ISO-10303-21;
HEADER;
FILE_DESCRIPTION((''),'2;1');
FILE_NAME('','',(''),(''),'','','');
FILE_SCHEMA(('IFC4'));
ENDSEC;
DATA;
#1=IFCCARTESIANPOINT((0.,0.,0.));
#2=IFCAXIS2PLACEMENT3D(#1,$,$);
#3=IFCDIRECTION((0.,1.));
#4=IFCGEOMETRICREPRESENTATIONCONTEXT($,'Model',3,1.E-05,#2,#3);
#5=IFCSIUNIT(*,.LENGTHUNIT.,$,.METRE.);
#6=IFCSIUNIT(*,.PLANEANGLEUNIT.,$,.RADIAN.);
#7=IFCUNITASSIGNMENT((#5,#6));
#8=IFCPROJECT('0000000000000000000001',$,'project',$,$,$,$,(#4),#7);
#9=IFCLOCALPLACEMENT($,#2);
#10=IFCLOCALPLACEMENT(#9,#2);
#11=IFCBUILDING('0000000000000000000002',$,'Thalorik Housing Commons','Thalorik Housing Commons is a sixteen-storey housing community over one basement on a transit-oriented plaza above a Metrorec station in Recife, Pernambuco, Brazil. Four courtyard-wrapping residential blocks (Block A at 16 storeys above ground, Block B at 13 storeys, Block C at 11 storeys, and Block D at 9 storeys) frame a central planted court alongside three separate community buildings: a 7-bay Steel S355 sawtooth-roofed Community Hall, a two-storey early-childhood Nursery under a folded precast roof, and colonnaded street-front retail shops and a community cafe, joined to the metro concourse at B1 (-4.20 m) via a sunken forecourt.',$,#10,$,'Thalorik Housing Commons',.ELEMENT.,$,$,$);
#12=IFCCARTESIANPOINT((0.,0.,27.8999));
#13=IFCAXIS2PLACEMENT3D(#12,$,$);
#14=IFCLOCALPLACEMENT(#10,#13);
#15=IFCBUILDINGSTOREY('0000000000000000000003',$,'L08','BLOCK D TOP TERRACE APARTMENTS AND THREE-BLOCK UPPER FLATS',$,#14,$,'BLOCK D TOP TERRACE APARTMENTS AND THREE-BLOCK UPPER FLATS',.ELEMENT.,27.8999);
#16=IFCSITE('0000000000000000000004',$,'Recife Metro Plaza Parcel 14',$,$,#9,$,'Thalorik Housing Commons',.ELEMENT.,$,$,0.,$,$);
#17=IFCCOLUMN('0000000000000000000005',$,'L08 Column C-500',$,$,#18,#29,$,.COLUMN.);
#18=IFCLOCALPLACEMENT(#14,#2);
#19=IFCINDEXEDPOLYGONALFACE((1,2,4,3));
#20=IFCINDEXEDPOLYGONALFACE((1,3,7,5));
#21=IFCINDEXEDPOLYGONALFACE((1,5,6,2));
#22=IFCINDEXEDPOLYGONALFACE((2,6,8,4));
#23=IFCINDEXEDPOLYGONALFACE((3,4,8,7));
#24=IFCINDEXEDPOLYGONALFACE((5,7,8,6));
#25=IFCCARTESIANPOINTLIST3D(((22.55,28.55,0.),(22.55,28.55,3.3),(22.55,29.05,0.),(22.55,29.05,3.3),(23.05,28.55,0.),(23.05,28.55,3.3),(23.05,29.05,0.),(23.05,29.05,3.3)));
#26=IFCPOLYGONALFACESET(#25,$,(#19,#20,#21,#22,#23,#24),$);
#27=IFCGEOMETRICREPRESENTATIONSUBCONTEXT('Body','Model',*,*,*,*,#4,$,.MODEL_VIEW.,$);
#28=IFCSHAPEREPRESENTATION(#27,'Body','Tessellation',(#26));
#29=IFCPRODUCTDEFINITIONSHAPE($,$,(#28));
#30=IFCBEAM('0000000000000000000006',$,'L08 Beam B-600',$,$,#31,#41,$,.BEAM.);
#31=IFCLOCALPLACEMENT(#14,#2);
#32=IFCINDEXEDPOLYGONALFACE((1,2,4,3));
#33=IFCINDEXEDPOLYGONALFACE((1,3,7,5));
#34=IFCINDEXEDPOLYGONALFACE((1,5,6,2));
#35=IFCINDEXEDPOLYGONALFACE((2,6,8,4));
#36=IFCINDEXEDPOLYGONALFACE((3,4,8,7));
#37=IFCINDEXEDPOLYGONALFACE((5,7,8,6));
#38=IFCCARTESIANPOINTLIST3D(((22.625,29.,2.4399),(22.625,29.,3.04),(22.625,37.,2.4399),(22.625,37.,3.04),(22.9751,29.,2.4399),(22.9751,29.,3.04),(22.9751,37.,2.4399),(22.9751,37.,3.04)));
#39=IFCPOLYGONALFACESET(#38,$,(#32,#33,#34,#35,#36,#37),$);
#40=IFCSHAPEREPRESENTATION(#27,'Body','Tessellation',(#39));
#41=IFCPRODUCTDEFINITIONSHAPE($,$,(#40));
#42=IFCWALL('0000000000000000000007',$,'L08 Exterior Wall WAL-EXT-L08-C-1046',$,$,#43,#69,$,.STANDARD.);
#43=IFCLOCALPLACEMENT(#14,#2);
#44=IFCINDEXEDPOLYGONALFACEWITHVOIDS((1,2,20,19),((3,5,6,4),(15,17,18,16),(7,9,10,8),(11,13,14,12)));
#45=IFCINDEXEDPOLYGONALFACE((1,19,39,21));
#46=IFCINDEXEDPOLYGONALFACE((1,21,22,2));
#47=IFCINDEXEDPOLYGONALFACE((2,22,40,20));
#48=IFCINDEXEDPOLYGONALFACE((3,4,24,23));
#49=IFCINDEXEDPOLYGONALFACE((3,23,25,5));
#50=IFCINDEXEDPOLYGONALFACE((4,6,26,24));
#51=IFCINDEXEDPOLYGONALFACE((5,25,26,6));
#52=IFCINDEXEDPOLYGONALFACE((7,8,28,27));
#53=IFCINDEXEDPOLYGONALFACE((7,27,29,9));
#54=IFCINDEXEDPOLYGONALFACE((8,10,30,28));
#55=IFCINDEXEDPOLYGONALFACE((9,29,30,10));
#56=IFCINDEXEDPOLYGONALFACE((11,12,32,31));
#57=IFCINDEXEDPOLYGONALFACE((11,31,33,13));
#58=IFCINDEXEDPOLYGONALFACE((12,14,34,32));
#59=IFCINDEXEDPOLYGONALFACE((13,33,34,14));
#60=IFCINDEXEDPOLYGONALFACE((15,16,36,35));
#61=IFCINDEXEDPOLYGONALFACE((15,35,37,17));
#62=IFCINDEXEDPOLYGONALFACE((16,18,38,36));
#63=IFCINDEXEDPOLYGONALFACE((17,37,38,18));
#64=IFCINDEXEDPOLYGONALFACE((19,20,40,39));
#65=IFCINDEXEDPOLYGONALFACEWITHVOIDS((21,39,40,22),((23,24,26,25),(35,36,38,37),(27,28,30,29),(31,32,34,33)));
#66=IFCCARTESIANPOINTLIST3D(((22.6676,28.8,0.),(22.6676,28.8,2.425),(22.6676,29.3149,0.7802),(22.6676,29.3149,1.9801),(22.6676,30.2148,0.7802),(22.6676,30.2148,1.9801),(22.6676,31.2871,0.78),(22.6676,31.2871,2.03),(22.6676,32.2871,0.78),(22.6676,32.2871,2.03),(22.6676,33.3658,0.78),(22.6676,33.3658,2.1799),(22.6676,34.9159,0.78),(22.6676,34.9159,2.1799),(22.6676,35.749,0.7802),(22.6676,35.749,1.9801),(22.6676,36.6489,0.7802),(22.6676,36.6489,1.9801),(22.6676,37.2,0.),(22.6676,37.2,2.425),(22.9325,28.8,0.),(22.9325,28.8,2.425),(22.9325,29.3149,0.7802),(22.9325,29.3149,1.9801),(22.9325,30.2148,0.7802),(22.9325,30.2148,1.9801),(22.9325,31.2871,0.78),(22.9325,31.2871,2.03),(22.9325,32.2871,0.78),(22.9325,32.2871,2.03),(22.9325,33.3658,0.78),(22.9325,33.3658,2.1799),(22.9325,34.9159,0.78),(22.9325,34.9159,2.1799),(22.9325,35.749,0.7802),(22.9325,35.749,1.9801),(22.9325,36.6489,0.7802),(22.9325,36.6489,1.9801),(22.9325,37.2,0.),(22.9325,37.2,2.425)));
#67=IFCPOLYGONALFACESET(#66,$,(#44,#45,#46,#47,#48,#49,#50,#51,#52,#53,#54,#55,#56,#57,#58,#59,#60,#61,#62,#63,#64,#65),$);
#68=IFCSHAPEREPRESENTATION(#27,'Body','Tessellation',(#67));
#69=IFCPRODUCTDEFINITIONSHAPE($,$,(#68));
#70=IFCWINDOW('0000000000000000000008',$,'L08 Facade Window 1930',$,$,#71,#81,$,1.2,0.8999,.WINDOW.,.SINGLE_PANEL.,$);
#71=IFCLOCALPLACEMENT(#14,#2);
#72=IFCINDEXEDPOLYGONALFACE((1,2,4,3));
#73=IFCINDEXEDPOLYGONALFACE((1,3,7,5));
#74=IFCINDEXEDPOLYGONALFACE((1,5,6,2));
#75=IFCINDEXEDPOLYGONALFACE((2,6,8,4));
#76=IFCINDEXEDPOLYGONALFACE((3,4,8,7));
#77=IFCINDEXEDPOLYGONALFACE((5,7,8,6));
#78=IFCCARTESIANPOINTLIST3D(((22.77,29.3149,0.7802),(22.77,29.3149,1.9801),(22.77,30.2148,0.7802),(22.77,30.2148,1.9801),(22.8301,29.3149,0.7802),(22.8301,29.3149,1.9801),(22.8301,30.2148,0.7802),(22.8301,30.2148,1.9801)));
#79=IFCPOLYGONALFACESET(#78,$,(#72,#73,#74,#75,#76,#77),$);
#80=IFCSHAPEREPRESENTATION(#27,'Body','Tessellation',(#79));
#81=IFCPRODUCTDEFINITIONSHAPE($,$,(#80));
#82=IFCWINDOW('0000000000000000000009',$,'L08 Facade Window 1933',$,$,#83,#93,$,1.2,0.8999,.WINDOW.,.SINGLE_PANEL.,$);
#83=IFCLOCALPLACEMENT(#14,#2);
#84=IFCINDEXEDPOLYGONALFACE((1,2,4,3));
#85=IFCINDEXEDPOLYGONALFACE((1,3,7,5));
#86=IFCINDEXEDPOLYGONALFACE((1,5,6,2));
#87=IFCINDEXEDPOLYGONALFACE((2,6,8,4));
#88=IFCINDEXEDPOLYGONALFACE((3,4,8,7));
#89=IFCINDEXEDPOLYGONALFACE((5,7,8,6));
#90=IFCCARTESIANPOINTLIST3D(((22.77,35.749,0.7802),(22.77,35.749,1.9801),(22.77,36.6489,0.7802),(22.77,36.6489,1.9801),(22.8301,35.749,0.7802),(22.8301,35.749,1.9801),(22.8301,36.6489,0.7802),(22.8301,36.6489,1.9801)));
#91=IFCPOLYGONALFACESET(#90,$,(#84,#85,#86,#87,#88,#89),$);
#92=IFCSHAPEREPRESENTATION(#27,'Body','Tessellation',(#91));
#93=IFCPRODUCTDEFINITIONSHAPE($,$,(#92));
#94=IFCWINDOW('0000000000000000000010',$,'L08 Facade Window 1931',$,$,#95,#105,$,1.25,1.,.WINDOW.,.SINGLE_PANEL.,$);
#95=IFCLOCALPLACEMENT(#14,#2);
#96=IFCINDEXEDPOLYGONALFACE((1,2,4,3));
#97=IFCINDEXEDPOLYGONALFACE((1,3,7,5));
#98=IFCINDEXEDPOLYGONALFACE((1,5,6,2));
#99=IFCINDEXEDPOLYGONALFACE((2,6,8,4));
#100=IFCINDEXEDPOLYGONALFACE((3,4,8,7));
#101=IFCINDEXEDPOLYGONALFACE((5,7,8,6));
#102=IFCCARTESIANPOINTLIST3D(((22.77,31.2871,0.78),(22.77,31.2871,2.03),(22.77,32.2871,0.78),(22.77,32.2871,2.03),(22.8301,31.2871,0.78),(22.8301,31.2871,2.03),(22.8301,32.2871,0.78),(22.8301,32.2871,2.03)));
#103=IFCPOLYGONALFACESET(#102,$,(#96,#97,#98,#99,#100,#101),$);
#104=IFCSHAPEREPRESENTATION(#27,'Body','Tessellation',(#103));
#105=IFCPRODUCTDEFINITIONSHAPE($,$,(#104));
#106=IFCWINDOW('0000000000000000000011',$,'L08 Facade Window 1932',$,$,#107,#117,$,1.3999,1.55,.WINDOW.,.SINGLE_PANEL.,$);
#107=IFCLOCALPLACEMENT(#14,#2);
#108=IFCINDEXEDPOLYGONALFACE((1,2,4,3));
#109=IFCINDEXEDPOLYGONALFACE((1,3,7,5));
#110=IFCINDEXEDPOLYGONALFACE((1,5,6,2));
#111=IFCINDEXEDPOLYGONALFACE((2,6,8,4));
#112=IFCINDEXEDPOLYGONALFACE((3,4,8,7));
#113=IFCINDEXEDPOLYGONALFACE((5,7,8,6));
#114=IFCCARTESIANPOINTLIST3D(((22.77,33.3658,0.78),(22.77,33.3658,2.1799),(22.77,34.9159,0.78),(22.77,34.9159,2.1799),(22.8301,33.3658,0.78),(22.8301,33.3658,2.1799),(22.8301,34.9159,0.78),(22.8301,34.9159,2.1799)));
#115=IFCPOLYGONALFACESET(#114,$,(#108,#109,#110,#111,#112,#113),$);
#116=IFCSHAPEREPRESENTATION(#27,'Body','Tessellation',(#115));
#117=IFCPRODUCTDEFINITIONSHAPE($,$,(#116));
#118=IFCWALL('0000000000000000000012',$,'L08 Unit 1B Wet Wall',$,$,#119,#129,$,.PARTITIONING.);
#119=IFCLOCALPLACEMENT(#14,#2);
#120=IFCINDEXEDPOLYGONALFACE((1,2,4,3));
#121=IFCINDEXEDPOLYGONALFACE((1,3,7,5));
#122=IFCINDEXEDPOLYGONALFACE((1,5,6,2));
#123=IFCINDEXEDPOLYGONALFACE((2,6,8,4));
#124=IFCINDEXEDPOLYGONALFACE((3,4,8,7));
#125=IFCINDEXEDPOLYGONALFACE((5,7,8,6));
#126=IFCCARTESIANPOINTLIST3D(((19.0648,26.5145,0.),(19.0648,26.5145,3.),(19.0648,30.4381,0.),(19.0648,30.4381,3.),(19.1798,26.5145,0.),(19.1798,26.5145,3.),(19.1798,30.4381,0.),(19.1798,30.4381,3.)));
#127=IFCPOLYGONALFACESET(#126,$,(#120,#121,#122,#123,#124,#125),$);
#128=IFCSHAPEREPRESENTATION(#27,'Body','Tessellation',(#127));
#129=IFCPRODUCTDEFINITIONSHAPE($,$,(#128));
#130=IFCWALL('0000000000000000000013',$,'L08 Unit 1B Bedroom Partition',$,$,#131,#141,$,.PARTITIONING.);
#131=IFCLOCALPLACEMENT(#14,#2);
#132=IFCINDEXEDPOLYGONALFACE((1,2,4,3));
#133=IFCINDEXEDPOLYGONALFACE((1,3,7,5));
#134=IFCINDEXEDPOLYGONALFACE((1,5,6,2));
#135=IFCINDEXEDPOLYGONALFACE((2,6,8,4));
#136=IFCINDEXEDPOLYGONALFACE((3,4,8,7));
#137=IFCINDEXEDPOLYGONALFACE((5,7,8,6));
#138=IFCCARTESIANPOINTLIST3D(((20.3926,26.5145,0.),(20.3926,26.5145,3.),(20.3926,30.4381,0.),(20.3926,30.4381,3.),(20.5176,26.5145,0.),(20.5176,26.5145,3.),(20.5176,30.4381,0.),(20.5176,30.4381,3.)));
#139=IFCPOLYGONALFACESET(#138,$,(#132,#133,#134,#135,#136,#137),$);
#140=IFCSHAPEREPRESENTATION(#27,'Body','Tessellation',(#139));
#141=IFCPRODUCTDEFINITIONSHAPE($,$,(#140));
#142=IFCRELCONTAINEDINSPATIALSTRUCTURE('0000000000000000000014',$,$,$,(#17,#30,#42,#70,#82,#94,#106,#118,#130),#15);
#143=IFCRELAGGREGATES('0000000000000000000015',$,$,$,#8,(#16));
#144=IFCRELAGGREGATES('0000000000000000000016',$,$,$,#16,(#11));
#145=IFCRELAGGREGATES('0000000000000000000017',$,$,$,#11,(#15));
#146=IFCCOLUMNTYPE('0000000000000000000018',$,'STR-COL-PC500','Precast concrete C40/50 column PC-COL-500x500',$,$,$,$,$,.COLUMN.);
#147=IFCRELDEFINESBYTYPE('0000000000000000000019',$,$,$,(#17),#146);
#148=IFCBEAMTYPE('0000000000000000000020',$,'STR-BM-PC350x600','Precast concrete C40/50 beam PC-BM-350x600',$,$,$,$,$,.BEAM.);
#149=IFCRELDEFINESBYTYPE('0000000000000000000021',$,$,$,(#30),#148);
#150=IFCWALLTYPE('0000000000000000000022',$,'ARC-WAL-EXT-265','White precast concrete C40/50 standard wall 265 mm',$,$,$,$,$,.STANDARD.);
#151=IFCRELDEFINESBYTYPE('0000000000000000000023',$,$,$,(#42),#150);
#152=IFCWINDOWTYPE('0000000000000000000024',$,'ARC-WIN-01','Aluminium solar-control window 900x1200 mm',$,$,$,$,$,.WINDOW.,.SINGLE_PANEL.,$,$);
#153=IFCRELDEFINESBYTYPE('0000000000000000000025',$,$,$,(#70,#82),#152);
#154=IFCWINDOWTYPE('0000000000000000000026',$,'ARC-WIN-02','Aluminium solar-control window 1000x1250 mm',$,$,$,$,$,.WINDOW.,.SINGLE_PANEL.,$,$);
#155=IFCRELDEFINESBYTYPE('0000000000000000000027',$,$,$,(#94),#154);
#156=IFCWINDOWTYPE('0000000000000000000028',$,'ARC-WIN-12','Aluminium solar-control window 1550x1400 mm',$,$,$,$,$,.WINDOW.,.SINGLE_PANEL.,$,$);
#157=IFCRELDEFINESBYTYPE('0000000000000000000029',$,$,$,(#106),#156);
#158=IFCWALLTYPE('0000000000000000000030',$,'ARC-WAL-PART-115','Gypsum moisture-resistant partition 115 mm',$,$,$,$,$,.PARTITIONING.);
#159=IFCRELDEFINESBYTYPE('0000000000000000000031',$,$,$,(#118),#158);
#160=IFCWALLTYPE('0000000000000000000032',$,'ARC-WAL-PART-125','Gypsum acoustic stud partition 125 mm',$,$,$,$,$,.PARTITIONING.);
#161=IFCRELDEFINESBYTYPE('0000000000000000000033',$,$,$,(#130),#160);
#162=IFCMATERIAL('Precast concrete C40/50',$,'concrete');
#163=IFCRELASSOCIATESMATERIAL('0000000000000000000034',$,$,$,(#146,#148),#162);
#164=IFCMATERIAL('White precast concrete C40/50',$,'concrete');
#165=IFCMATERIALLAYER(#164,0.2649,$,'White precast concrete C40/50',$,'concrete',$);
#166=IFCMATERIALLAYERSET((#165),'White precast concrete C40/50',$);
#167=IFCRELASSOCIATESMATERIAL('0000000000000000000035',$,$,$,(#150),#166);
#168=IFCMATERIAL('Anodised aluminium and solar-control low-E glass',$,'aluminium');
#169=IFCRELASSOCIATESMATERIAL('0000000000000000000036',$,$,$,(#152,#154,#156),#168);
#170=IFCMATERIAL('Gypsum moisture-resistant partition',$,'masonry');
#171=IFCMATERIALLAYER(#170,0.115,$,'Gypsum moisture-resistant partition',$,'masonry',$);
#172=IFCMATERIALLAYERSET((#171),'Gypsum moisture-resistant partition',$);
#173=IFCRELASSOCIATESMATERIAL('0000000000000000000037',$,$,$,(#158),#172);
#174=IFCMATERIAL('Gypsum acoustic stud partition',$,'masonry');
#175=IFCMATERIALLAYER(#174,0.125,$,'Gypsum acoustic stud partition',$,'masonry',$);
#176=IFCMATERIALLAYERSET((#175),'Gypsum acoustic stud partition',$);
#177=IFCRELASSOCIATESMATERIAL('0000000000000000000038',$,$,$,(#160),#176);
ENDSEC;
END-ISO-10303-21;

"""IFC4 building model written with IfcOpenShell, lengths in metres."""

from ifc_helpers import new_model, si_unit, direction, frame, frame_2d, origin, origin_2d, place, context, subcontext, project, spatial, rectangle, extrude, material, layer, layer_set, material_profile, profile_set, type_object, element, fill, save


model = new_model("IFC4")

# Units and contexts
model_context = context("Model", 3, precision=1e-05, world=origin(), true_north=direction((0.0, 1.0)))
body_context = subcontext(model_context, "Body", "Model", "MODEL_VIEW")
ifc_project = project(units=[si_unit("LENGTHUNIT", "METRE"), si_unit("PLANEANGLEUNIT", "RADIAN")], contexts=[model_context])

# Site, building, storey
site_placement = place(None, origin())
site = spatial("IfcSite", under=ifc_project, at=site_placement, Name="Recife Metro Plaza Parcel 14", LongName="Thalorik Housing Commons", CompositionType="ELEMENT", RefElevation=0.0)
building_placement = place(site_placement, origin())
building = spatial("IfcBuilding", under=site, at=building_placement, Name="Thalorik Housing Commons", Description="Thalorik Housing Commons is a sixteen-storey housing community over one basement on a transit-oriented plaza above a Metrorec station in Recife, Pernambuco, Brazil. Four courtyard-wrapping residential blocks (Block A at 16 storeys above ground, Block B at 13 storeys, Block C at 11 storeys, and Block D at 9 storeys) frame a central planted court alongside three separate community buildings: a 7-bay Steel S355 sawtooth-roofed Community Hall, a two-storey early-childhood Nursery under a folded precast roof, and colonnaded street-front retail shops and a community cafe, joined to the metro concourse at B1 (-4.20 m) via a sunken forecourt.", LongName="Thalorik Housing Commons", CompositionType="ELEMENT")
storey_placement = place(building_placement, frame((0.0, 0.0, 27.8999)))
storey = spatial("IfcBuildingStorey", under=building, at=storey_placement, Name="L08", Description="BLOCK D TOP TERRACE APARTMENTS AND THREE-BLOCK UPPER FLATS", LongName="BLOCK D TOP TERRACE APARTMENTS AND THREE-BLOCK UPPER FLATS", CompositionType="ELEMENT", Elevation=27.8999)

# Column
ifc_material_1 = material(Name="Precast concrete C40/50", Category="concrete")
ifc_material_profile_1 = material_profile(ifc_material_1, rectangle(XDim=0.5, YDim=0.5, at=origin_2d()), Name="PC 500x500", Category="concrete")
ifc_profile_set_1 = profile_set([ifc_material_profile_1], Name="Precast concrete C40/50")
column_type = type_object("IfcColumnType", Name="STR-COL-PC500", Description="Precast concrete C40/50 column PC-COL-500x500", PredefinedType="COLUMN", material=ifc_profile_set_1)
column_placement = place(storey_placement, frame((22.8, 28.8, 0.0), z_axis=(0.0, 0.0, 1.0), x_axis=(1.0, 0.0, 0.0)))
element("IfcColumn", 1, at=column_placement, inside=storey, type_object=column_type, Name="L08 Column C-500", PredefinedType="COLUMN", context=body_context, shape_type="SweptSolid", body=[
    extrude(rectangle(XDim=0.5, YDim=0.5, at=origin_2d()), origin(), (0.0, 0.0, 1.0), 3.3),
])

# Beam
ifc_material_profile_2 = material_profile(ifc_material_1, rectangle(XDim=0.3501, YDim=0.6001, at=origin_2d()), Name="PC 350x600", Category="concrete")
ifc_profile_set_2 = profile_set([ifc_material_profile_2], Name="Precast concrete C40/50")
beam_type = type_object("IfcBeamType", Name="STR-BM-PC350x600", Description="Precast concrete C40/50 beam PC-BM-350x600", PredefinedType="BEAM", material=ifc_profile_set_2)
beam_placement = place(storey_placement, frame((22.8, 29.0, 2.74), z_axis=(0.0, 1.0, 0.0), x_axis=(-1.0, 0.0, 0.0)))
element("IfcBeam", 2, at=beam_placement, inside=storey, type_object=beam_type, Name="L08 Beam B-600", PredefinedType="BEAM", context=body_context, shape_type="SweptSolid", body=[
    extrude(rectangle(XDim=0.3501, YDim=0.6001, at=origin_2d()), origin(), (0.0, 0.0, 1.0), 8.0),
])

# Wall, openings, windows
ifc_material_2 = material(Name="White precast concrete C40/50", Category="concrete")
ifc_layer_1 = layer(ifc_material_2, 0.2649, Name="White precast concrete C40/50", Category="concrete")
ifc_layer_set_1 = layer_set([ifc_layer_1], Name="White precast concrete C40/50")
wall_type_1 = type_object("IfcWallType", Name="ARC-WAL-EXT-265", Description="White precast concrete C40/50 standard wall 265 mm", PredefinedType="STANDARD", material=ifc_layer_set_1)
wall_1_placement = place(storey_placement, frame((22.8, 28.8, 0.0), z_axis=(0.0, 0.0, 1.0), x_axis=(0.0, 1.0, 0.0)))
wall_1 = element("IfcWall", 3, at=wall_1_placement, inside=storey, type_object=wall_type_1, Name="L08 Exterior Wall WAL-EXT-L08-C-1046", PredefinedType="STANDARD", context=body_context, shape_type="SweptSolid", body=[
    extrude(rectangle(XDim=8.3999, YDim=0.2649, at=frame_2d((4.2, 0.0))), origin(), (0.0, 0.0, 1.0), 2.425),
])
opening_1_placement = place(wall_1_placement, frame((0.5149, 0.0, 0.78)))
opening_1 = element("IfcOpeningElement", 4, at=opening_1_placement, cuts=wall_1, PredefinedType="OPENING", context=body_context, shape_type="SweptSolid", body=[
    extrude(rectangle(XDim=0.8999, YDim=1.2, at=frame_2d((0.45, 0.6001))), frame((0.0, 0.1426, 0.0), z_axis=(0.0, -1.0, 0.0), x_axis=(1.0, 0.0, 0.0)), (0.0, 0.0, 1.0), 0.2849),
])
opening_2_placement = place(wall_1_placement, frame((2.4871, 0.0, 0.78)))
opening_2 = element("IfcOpeningElement", 5, at=opening_2_placement, cuts=wall_1, PredefinedType="OPENING", context=body_context, shape_type="SweptSolid", body=[
    extrude(rectangle(XDim=1.0, YDim=1.25, at=frame_2d((0.5, 0.625))), frame((0.0, 0.1426, 0.0), z_axis=(0.0, -1.0, 0.0), x_axis=(1.0, 0.0, 0.0)), (0.0, 0.0, 1.0), 0.2849),
])
opening_3_placement = place(wall_1_placement, frame((4.5659, 0.0, 0.78)))
opening_3 = element("IfcOpeningElement", 6, at=opening_3_placement, cuts=wall_1, PredefinedType="OPENING", context=body_context, shape_type="SweptSolid", body=[
    extrude(rectangle(XDim=1.55, YDim=1.3999, at=frame_2d((0.7749, 0.7))), frame((0.0, 0.1426, 0.0), z_axis=(0.0, -1.0, 0.0), x_axis=(1.0, 0.0, 0.0)), (0.0, 0.0, 1.0), 0.2849),
])
opening_4_placement = place(wall_1_placement, frame((6.949, 0.0, 0.78)))
opening_4 = element("IfcOpeningElement", 7, at=opening_4_placement, cuts=wall_1, PredefinedType="OPENING", context=body_context, shape_type="SweptSolid", body=[
    extrude(rectangle(XDim=0.8999, YDim=1.2, at=frame_2d((0.45, 0.6001))), frame((0.0, 0.1426, 0.0), z_axis=(0.0, -1.0, 0.0), x_axis=(1.0, 0.0, 0.0)), (0.0, 0.0, 1.0), 0.2849),
])
ifc_material_3 = material(Name="Anodised aluminium and solar-control low-E glass", Category="aluminium")
window_type_1 = type_object("IfcWindowType", Name="ARC-WIN-01", Description="Aluminium solar-control window 900x1200 mm", PartitioningType="SINGLE_PANEL", PredefinedType="WINDOW", material=ifc_material_3)
window_1_placement = place(opening_1_placement, origin())
window_1 = element("IfcWindow", 8, at=window_1_placement, inside=storey, type_object=window_type_1, Name="L08 Facade Window 1930", OverallHeight=1.2, OverallWidth=0.8999, PartitioningType="SINGLE_PANEL", PredefinedType="WINDOW", context=body_context, shape_type="SweptSolid", body=[
    extrude(rectangle(XDim=0.8999, YDim=1.2, at=frame_2d((0.45, 0.6001))), frame((0.0, 0.03, 0.0), z_axis=(0.0, -1.0, 0.0), x_axis=(1.0, 0.0, 0.0)), (0.0, 0.0, 1.0), 0.0601),
])
fill(opening_1, window_1)
window_2_placement = place(opening_4_placement, origin())
window_2 = element("IfcWindow", 9, at=window_2_placement, inside=storey, type_object=window_type_1, Name="L08 Facade Window 1933", OverallHeight=1.2, OverallWidth=0.8999, PartitioningType="SINGLE_PANEL", PredefinedType="WINDOW", context=body_context, shape_type="SweptSolid", body=[
    extrude(rectangle(XDim=0.8999, YDim=1.2, at=frame_2d((0.45, 0.6001))), frame((0.0, 0.03, 0.0), z_axis=(0.0, -1.0, 0.0), x_axis=(1.0, 0.0, 0.0)), (0.0, 0.0, 1.0), 0.0601),
])
fill(opening_4, window_2)
window_type_2 = type_object("IfcWindowType", Name="ARC-WIN-02", Description="Aluminium solar-control window 1000x1250 mm", PartitioningType="SINGLE_PANEL", PredefinedType="WINDOW", material=ifc_material_3)
window_3_placement = place(opening_2_placement, origin())
window_3 = element("IfcWindow", 10, at=window_3_placement, inside=storey, type_object=window_type_2, Name="L08 Facade Window 1931", OverallHeight=1.25, OverallWidth=1.0, PartitioningType="SINGLE_PANEL", PredefinedType="WINDOW", context=body_context, shape_type="SweptSolid", body=[
    extrude(rectangle(XDim=1.0, YDim=1.25, at=frame_2d((0.5, 0.625))), frame((0.0, 0.03, 0.0), z_axis=(0.0, -1.0, 0.0), x_axis=(1.0, 0.0, 0.0)), (0.0, 0.0, 1.0), 0.0601),
])
fill(opening_2, window_3)
window_type_3 = type_object("IfcWindowType", Name="ARC-WIN-12", Description="Aluminium solar-control window 1550x1400 mm", PartitioningType="SINGLE_PANEL", PredefinedType="WINDOW", material=ifc_material_3)
window_4_placement = place(opening_3_placement, origin())
window_4 = element("IfcWindow", 11, at=window_4_placement, inside=storey, type_object=window_type_3, Name="L08 Facade Window 1932", OverallHeight=1.3999, OverallWidth=1.55, PartitioningType="SINGLE_PANEL", PredefinedType="WINDOW", context=body_context, shape_type="SweptSolid", body=[
    extrude(rectangle(XDim=1.55, YDim=1.3999, at=frame_2d((0.7749, 0.7))), frame((0.0, 0.03, 0.0), z_axis=(0.0, -1.0, 0.0), x_axis=(1.0, 0.0, 0.0)), (0.0, 0.0, 1.0), 0.0601),
])
fill(opening_3, window_4)

# Walls
ifc_material_4 = material(Name="Gypsum moisture-resistant partition", Category="masonry")
ifc_layer_2 = layer(ifc_material_4, 0.115, Name="Gypsum moisture-resistant partition", Category="masonry")
ifc_layer_set_2 = layer_set([ifc_layer_2], Name="Gypsum moisture-resistant partition")
wall_type_2 = type_object("IfcWallType", Name="ARC-WAL-PART-115", Description="Gypsum moisture-resistant partition 115 mm", PredefinedType="PARTITIONING", material=ifc_layer_set_2)
wall_2_placement = place(storey_placement, frame((19.1223, 26.5144, 0.0), z_axis=(0.0, 0.0, 1.0), x_axis=(0.0, 1.0, 0.0)))
element("IfcWall", 12, at=wall_2_placement, inside=storey, type_object=wall_type_2, Name="L08 Unit 1B Wet Wall", PredefinedType="PARTITIONING", context=body_context, shape_type="SweptSolid", body=[
    extrude(rectangle(XDim=3.9236, YDim=0.115, at=frame_2d((1.9619, 0.0))), origin(), (0.0, 0.0, 1.0), 3.0),
])
ifc_material_5 = material(Name="Gypsum acoustic stud partition", Category="masonry")
ifc_layer_3 = layer(ifc_material_5, 0.125, Name="Gypsum acoustic stud partition", Category="masonry")
ifc_layer_set_3 = layer_set([ifc_layer_3], Name="Gypsum acoustic stud partition")
wall_type_3 = type_object("IfcWallType", Name="ARC-WAL-PART-125", Description="Gypsum acoustic stud partition 125 mm", PredefinedType="PARTITIONING", material=ifc_layer_set_3)
wall_3_placement = place(storey_placement, frame((20.4551, 26.5144, 0.0), z_axis=(0.0, 0.0, 1.0), x_axis=(0.0, 1.0, 0.0)))
element("IfcWall", 13, at=wall_3_placement, inside=storey, type_object=wall_type_3, Name="L08 Unit 1B Bedroom Partition", PredefinedType="PARTITIONING", context=body_context, shape_type="SweptSolid", body=[
    extrude(rectangle(XDim=3.9236, YDim=0.125, at=frame_2d((1.9619, 0.0))), origin(), (0.0, 0.0, 1.0), 3.0),
])

save(model, "model.ifc")
